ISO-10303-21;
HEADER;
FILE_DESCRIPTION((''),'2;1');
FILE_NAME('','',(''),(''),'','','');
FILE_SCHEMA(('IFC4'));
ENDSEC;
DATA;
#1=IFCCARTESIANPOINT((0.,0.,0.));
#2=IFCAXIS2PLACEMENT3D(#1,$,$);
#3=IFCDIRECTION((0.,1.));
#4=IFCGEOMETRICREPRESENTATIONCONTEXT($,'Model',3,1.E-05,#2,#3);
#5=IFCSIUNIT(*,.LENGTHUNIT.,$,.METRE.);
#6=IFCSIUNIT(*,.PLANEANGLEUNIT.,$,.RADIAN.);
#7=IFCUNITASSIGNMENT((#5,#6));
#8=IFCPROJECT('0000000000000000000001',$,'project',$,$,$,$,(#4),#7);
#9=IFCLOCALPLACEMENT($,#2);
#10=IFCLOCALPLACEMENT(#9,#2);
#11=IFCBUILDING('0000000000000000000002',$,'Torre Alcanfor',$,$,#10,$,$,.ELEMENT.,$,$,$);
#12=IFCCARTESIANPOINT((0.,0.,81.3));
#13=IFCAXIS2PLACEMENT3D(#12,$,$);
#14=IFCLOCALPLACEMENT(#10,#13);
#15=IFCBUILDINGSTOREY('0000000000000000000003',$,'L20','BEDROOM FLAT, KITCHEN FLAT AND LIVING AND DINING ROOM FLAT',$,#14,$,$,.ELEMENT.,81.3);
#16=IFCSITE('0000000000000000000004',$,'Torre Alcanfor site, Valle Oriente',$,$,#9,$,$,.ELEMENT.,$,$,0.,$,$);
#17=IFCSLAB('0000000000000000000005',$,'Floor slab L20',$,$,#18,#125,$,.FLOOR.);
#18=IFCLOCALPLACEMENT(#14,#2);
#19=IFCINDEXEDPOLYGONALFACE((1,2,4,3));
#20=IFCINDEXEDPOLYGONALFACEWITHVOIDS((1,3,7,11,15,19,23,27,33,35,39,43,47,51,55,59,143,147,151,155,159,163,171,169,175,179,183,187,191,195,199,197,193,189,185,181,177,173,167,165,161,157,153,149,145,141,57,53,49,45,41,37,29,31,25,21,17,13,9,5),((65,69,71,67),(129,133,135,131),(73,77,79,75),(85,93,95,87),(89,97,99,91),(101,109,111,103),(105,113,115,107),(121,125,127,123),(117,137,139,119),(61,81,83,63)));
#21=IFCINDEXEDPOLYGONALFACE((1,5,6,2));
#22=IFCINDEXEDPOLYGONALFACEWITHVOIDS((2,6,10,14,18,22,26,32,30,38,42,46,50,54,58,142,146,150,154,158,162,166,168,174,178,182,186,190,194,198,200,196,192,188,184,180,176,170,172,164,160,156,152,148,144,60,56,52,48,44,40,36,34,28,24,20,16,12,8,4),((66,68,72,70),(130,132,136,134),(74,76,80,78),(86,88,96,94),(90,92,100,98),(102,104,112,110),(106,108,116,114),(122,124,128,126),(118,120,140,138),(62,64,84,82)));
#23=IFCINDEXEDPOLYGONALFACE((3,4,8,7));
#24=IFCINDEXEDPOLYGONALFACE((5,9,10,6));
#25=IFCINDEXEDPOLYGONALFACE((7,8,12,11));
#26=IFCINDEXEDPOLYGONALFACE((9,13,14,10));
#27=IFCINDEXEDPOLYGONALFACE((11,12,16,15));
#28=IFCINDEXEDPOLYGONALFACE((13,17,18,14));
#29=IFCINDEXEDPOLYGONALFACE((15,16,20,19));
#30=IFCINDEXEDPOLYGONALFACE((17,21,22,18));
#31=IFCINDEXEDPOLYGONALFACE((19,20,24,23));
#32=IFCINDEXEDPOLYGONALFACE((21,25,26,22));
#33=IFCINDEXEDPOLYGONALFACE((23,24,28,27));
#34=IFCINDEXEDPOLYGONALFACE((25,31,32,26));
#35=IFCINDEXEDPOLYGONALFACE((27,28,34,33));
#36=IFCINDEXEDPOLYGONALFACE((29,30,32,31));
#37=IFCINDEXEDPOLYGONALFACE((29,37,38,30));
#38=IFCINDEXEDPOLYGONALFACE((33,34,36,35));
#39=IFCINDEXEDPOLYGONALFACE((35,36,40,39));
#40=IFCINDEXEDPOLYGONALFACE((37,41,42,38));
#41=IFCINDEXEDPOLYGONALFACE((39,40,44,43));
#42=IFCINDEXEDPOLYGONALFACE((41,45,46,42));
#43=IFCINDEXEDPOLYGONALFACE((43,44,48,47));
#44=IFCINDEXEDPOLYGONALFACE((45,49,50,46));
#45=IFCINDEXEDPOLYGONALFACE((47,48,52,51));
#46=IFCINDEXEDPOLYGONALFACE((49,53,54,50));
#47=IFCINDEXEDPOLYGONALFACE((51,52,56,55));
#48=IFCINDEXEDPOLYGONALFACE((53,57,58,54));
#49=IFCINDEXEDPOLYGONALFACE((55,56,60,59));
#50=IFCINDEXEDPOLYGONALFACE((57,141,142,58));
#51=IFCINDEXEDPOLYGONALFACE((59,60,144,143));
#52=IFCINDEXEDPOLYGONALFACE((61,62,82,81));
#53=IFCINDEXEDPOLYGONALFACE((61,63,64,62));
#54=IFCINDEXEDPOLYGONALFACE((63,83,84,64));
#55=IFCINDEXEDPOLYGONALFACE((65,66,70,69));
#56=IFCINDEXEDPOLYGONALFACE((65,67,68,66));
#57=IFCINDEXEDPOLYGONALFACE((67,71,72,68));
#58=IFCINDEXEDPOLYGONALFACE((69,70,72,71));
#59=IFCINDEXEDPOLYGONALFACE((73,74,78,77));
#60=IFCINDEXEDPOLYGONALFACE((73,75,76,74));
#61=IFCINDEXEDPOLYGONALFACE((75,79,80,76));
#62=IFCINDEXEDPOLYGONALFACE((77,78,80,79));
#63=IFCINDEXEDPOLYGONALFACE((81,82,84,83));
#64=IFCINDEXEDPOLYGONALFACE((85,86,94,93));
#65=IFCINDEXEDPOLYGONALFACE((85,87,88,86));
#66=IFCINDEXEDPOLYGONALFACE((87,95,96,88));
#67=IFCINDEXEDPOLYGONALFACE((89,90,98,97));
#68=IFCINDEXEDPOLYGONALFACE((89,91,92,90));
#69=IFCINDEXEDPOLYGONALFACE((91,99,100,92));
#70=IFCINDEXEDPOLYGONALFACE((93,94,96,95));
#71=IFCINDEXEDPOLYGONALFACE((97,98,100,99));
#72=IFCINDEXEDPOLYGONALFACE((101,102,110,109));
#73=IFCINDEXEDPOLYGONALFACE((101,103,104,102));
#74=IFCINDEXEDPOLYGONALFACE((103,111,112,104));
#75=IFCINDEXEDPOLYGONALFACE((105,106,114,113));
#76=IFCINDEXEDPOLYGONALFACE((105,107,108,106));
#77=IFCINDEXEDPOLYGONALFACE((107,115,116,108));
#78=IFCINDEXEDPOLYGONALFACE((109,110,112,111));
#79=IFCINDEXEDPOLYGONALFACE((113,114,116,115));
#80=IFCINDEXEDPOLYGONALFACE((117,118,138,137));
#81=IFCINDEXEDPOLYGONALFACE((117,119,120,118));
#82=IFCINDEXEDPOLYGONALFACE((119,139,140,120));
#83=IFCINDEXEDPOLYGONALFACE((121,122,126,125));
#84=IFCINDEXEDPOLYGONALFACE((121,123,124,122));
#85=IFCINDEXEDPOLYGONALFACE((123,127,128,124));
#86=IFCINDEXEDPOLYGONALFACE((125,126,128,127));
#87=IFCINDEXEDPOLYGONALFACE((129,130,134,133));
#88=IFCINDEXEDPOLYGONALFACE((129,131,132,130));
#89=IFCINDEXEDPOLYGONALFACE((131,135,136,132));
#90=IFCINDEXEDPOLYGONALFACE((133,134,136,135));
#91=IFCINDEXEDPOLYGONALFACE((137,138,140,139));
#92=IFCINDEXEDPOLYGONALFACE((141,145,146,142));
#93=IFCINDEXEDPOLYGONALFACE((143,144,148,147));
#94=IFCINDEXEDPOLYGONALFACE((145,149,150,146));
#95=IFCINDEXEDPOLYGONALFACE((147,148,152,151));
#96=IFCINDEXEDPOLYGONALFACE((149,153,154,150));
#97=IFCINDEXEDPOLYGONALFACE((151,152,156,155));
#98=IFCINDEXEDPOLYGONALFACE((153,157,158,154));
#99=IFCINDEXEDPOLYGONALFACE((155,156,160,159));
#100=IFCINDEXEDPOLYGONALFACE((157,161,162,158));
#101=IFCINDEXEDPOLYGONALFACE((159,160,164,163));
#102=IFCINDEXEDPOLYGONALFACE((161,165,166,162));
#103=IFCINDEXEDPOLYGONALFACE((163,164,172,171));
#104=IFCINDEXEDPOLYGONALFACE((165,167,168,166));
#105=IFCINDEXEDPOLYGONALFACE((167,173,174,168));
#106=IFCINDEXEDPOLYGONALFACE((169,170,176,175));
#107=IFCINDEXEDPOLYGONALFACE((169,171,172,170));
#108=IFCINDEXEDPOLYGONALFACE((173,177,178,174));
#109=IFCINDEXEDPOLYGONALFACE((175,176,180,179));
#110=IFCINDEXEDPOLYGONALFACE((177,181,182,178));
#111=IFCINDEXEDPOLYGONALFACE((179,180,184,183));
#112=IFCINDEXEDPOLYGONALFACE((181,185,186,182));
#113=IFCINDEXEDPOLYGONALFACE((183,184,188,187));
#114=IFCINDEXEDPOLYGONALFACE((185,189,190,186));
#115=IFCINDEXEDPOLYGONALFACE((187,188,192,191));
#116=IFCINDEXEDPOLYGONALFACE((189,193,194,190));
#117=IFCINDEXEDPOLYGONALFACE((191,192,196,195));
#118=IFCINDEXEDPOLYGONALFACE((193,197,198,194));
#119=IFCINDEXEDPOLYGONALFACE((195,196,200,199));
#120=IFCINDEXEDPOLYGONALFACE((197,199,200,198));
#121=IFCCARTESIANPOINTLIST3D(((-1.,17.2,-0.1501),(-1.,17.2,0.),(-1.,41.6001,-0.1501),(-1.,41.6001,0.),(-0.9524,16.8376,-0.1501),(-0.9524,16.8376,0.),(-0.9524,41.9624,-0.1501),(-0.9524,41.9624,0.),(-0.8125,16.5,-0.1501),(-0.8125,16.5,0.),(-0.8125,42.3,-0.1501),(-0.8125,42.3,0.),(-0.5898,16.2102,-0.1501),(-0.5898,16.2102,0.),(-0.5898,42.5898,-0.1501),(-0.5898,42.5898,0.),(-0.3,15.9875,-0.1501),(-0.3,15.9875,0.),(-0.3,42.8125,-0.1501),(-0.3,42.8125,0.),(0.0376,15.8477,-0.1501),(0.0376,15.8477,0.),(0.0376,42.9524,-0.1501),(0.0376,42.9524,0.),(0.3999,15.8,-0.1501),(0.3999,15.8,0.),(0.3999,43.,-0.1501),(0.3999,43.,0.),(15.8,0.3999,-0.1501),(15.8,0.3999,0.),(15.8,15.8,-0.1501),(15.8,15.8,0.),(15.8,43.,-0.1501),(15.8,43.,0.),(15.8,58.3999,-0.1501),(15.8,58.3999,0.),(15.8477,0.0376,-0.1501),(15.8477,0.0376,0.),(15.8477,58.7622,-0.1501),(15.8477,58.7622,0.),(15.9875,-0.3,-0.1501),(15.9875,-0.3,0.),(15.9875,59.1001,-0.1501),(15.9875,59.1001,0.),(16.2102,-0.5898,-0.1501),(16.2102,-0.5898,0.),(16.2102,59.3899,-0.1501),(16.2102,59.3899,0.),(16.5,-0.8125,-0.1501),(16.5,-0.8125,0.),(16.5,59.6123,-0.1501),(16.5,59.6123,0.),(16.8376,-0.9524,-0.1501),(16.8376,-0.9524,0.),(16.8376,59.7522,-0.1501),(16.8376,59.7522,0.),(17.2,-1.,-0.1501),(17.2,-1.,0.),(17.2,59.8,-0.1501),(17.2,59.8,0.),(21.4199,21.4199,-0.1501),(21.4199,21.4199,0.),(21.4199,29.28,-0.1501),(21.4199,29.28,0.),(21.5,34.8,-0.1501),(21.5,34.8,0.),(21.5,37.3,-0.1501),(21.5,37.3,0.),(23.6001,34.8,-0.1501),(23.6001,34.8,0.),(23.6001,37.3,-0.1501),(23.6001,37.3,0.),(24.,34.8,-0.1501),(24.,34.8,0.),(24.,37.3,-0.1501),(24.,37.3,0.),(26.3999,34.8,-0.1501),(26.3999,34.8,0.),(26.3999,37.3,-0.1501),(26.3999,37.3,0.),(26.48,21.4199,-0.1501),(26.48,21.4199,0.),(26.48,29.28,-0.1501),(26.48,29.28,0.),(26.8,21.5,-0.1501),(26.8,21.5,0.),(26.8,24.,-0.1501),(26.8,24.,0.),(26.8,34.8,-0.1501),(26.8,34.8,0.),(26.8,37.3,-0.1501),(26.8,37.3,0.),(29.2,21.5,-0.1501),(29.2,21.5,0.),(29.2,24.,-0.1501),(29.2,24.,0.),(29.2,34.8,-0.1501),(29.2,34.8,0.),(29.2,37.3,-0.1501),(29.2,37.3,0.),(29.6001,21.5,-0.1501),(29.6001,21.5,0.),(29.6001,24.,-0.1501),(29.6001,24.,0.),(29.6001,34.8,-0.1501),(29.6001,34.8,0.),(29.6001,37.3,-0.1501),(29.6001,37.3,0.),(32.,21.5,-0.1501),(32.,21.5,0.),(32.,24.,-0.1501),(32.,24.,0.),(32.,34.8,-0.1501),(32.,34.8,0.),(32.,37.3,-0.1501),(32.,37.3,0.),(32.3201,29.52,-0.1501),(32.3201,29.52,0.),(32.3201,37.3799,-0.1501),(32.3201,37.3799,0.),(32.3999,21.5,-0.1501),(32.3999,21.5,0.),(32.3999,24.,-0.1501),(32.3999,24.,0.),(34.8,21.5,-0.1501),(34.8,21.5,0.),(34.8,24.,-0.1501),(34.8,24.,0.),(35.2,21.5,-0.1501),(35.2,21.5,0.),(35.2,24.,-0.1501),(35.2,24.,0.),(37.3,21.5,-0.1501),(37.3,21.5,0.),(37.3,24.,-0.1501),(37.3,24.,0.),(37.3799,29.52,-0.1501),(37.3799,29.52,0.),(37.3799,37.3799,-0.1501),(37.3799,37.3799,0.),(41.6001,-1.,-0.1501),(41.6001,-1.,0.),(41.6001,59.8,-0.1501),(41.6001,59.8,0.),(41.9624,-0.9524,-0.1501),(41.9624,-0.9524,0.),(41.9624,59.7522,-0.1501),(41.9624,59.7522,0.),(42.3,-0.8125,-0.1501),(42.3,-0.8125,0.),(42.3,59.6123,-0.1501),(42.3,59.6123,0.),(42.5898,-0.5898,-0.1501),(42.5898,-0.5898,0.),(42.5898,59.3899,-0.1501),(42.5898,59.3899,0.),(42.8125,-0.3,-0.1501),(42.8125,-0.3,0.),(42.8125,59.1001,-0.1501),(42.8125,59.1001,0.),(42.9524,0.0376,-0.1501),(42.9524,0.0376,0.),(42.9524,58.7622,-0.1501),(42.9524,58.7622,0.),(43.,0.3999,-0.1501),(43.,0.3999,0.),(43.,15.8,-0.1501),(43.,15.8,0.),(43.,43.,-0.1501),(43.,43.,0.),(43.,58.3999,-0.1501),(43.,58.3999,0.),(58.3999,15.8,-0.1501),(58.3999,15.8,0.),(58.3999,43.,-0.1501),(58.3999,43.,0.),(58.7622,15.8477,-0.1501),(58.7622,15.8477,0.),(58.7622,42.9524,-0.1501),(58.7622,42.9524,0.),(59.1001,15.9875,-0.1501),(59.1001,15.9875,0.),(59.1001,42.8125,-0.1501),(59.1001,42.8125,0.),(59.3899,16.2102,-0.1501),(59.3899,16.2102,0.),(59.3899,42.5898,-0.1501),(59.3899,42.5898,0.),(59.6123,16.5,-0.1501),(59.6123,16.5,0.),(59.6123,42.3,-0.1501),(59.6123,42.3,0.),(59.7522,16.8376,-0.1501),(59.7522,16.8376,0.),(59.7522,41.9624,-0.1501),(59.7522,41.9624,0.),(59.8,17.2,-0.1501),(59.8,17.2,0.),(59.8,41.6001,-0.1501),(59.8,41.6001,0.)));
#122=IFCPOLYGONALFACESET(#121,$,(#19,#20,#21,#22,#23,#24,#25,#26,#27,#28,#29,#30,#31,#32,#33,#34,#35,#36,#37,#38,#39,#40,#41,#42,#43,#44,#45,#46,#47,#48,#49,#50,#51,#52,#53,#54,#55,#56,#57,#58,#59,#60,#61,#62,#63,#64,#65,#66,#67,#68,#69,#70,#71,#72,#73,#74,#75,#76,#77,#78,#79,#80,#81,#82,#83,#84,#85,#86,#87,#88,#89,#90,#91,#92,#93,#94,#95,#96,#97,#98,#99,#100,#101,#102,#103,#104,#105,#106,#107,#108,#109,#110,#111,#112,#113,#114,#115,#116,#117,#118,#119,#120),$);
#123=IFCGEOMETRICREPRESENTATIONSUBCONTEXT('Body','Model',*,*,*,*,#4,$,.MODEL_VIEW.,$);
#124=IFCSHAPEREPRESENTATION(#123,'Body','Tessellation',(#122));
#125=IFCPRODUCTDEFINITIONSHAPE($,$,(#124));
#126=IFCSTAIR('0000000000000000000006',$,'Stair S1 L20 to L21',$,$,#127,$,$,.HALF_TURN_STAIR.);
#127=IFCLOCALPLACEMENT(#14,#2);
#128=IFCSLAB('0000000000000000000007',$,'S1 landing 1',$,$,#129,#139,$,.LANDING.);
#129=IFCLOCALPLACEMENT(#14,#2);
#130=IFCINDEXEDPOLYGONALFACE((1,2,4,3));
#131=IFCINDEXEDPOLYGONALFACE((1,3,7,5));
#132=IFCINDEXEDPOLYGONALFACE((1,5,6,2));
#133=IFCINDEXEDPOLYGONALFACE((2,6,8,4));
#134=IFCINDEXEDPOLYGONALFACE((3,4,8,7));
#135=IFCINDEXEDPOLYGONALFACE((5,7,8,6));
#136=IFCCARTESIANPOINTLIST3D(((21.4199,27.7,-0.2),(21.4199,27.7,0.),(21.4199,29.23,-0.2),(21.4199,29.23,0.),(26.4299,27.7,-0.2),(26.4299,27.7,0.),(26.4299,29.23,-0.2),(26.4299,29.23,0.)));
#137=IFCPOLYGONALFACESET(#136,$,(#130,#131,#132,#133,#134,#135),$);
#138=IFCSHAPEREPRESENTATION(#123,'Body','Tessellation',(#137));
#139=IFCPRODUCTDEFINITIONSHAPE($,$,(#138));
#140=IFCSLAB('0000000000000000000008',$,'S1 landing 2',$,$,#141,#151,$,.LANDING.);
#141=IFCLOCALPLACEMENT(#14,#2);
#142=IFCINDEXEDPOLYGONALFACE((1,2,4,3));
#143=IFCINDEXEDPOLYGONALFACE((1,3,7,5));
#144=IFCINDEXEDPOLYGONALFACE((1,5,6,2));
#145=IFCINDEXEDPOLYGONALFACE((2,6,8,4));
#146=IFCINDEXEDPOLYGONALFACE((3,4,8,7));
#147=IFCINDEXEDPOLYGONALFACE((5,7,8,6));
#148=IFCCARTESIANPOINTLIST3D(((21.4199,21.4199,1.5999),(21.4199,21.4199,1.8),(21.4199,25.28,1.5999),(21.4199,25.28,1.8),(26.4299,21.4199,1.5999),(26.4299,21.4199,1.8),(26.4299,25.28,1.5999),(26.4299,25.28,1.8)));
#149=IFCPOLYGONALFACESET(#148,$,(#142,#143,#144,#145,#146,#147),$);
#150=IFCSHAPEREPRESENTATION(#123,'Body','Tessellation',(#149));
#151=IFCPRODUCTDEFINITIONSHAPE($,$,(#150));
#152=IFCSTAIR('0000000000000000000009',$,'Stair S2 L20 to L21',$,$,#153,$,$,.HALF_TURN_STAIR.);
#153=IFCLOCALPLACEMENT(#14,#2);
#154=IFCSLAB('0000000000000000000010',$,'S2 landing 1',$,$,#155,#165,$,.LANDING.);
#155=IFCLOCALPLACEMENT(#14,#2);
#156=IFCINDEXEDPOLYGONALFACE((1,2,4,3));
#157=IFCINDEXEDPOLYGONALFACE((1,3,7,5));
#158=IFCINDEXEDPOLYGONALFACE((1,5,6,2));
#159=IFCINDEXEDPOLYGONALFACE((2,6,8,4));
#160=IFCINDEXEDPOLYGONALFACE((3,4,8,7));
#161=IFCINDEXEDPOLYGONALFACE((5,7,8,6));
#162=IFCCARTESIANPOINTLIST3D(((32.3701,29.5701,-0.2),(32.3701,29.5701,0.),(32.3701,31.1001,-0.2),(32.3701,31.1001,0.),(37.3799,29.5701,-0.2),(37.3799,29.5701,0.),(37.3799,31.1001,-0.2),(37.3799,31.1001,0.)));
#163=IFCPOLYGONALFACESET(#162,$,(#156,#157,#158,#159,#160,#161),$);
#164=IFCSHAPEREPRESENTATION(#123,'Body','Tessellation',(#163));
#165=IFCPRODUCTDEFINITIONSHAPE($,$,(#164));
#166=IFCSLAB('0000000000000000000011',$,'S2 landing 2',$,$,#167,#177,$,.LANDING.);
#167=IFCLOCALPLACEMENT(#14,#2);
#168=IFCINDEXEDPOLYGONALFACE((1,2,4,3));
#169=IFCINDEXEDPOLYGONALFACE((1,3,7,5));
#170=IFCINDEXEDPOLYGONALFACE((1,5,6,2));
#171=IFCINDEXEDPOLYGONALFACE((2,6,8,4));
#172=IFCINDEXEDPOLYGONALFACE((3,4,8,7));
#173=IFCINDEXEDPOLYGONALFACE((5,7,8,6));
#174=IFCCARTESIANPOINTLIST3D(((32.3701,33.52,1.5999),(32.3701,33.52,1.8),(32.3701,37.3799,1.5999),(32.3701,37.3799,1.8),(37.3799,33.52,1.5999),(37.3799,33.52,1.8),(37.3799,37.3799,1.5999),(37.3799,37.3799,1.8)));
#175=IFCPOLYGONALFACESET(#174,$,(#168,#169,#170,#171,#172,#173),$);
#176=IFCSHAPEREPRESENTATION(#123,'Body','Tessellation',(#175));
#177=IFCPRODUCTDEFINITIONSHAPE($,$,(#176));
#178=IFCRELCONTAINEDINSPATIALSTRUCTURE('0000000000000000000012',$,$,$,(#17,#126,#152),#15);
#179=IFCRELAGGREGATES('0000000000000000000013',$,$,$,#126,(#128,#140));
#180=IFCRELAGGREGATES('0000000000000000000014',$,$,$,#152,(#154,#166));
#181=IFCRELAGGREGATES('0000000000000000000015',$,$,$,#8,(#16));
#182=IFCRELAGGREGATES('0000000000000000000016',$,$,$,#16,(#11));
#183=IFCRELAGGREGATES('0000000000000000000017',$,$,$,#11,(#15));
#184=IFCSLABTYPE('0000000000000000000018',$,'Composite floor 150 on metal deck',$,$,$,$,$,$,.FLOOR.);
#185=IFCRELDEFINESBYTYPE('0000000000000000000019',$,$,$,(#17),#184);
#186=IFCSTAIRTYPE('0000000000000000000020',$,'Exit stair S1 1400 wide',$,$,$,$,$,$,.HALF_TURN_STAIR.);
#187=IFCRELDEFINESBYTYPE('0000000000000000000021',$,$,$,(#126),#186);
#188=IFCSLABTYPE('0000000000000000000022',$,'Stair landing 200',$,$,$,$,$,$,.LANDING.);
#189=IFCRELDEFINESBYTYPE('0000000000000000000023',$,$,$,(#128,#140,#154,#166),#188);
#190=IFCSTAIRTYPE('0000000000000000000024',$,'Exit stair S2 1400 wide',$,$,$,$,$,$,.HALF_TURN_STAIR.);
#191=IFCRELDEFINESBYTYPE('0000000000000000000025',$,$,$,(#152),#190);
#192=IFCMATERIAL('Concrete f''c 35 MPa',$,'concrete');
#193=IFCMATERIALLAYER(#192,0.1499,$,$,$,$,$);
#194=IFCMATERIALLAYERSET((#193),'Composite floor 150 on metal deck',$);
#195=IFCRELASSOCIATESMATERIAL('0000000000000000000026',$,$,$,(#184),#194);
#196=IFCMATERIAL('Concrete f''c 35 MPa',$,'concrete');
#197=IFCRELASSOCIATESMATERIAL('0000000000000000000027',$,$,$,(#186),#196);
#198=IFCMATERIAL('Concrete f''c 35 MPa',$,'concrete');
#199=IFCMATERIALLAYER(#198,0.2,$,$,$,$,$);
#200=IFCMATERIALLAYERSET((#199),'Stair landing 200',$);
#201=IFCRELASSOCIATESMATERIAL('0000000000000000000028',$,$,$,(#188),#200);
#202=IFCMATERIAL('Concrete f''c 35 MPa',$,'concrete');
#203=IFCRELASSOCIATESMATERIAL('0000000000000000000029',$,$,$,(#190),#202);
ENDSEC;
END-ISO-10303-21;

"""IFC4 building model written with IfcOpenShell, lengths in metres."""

from ifc_helpers import new_model, si_unit, direction, frame, origin, place, context, subcontext, project, spatial, polyline, outline, extrude, material, layer, layer_set, type_object, element, aggregate, save


model = new_model("IFC4")

# Units and contexts
model_context = context("Model", 3, precision=1e-05, world=origin(), true_north=direction((0.0, 1.0)))
body_context = subcontext(model_context, "Body", "Model", "MODEL_VIEW")
ifc_project = project(units=[si_unit("LENGTHUNIT", "METRE"), si_unit("PLANEANGLEUNIT", "RADIAN")], contexts=[model_context])

# Site, building, storey
site_placement = place(None, origin())
site = spatial("IfcSite", under=ifc_project, at=site_placement, Name="Torre Alcanfor site, Valle Oriente", CompositionType="ELEMENT", RefElevation=0.0)
building_placement = place(site_placement, origin())
building = spatial("IfcBuilding", under=site, at=building_placement, Name="Torre Alcanfor", CompositionType="ELEMENT")
storey_placement = place(building_placement, frame((0.0, 0.0, 81.3)))
storey = spatial("IfcBuildingStorey", under=building, at=storey_placement, Name="L20", Description="BEDROOM FLAT, KITCHEN FLAT AND LIVING AND DINING ROOM FLAT", CompositionType="ELEMENT", Elevation=81.3)

# Slab
ifc_material_1 = material(Name="Concrete f'c 35 MPa", Category="concrete")
ifc_layer_1 = layer(ifc_material_1, 0.1499)
ifc_layer_set_1 = layer_set([ifc_layer_1], Name="Composite floor 150 on metal deck")
slab_type_1 = type_object("IfcSlabType", Name="Composite floor 150 on metal deck", PredefinedType="FLOOR", material=ifc_layer_set_1)
slab_1_placement = place(storey_placement, frame((0.0, 0.0, -0.1501)))
element("IfcSlab", 1, at=slab_1_placement, inside=storey, type_object=slab_type_1, Name="Floor slab L20", PredefinedType="FLOOR", context=body_context, shape_type="SweptSolid", body=[
    extrude(outline(polyline([(15.8, 43.0), (0.3999, 43.0), (0.0376, 42.9524), (-0.3, 42.8125), (-0.5898, 42.5898), (-0.8125, 42.3), (-0.9524, 41.9624), (-1.0, 41.6001), (-1.0, 17.2), (-0.9524, 16.8376), (-0.8125, 16.5), (-0.5898, 16.2102), (-0.3, 15.9875), (0.0376, 15.8477), (0.3999, 15.8), (15.8, 15.8), (15.8, 0.3999), (15.8477, 0.0376), (15.9875, -0.3), (16.2102, -0.5898), (16.5, -0.8125), (16.8376, -0.9524), (17.2, -1.0), (41.6001, -1.0), (41.9624, -0.9524), (42.3, -0.8125), (42.5898, -0.5898), (42.8125, -0.3), (42.9524, 0.0376), (43.0, 0.3999), (43.0, 15.8), (58.3999, 15.8), (58.7622, 15.8477), (59.1001, 15.9875), (59.3899, 16.2102), (59.6123, 16.5), (59.7522, 16.8376), (59.8, 17.2), (59.8, 41.6001), (59.7522, 41.9624), (59.6123, 42.3), (59.3899, 42.5898), (59.1001, 42.8125), (58.7622, 42.9524), (58.3999, 43.0), (43.0, 43.0), (43.0, 58.3999), (42.9524, 58.7622), (42.8125, 59.1001), (42.5898, 59.3899), (42.3, 59.6123), (41.9624, 59.7522), (41.6001, 59.8), (17.2, 59.8), (16.8376, 59.7522), (16.5, 59.6123), (16.2102, 59.3899), (15.9875, 59.1001), (15.8477, 58.7622), (15.8, 58.3999), (15.8, 43.0)]), holes=[polyline([(21.4199, 21.4199), (26.48, 21.4199), (26.48, 29.28), (21.4199, 29.28), (21.4199, 21.4199)]), polyline([(32.3201, 29.52), (37.3799, 29.52), (37.3799, 37.3799), (32.3201, 37.3799), (32.3201, 29.52)]), polyline([(26.8, 21.5), (29.2, 21.5), (29.2, 24.0), (26.8, 24.0), (26.8, 21.5)]), polyline([(29.6001, 21.5), (32.0, 21.5), (32.0, 24.0), (29.6001, 24.0), (29.6001, 21.5)]), polyline([(32.3999, 21.5), (34.8, 21.5), (34.8, 24.0), (32.3999, 24.0), (32.3999, 21.5)]), polyline([(35.2, 21.5), (37.3, 21.5), (37.3, 24.0), (35.2, 24.0), (35.2, 21.5)]), polyline([(21.5, 34.8), (23.6001, 34.8), (23.6001, 37.3), (21.5, 37.3), (21.5, 34.8)]), polyline([(24.0, 34.8), (26.3999, 34.8), (26.3999, 37.3), (24.0, 37.3), (24.0, 34.8)]), polyline([(26.8, 34.8), (29.2, 34.8), (29.2, 37.3), (26.8, 37.3), (26.8, 34.8)]), polyline([(29.6001, 34.8), (32.0, 34.8), (32.0, 37.3), (29.6001, 37.3), (29.6001, 34.8)])]), origin(), (0.0, 0.0, 1.0), 0.1501),
])

# Stairs, slabs
ifc_material_2 = material(Name="Concrete f'c 35 MPa", Category="concrete")
stair_type_1 = type_object("IfcStairType", Name="Exit stair S1 1400 wide", PredefinedType="HALF_TURN_STAIR", material=ifc_material_2)
stair_1_placement = place(storey_placement, origin())
stair_1 = element("IfcStair", 2, at=stair_1_placement, inside=storey, type_object=stair_type_1, Name="Stair S1 L20 to L21", PredefinedType="HALF_TURN_STAIR")
ifc_material_3 = material(Name="Concrete f'c 35 MPa", Category="concrete")
ifc_layer_2 = layer(ifc_material_3, 0.2)
ifc_layer_set_2 = layer_set([ifc_layer_2], Name="Stair landing 200")
slab_type_2 = type_object("IfcSlabType", Name="Stair landing 200", PredefinedType="LANDING", material=ifc_layer_set_2)
slab_2_placement = place(storey_placement, frame((0.0, 0.0, -0.2)))
slab_2 = element("IfcSlab", 3, at=slab_2_placement, type_object=slab_type_2, Name="S1 landing 1", PredefinedType="LANDING", context=body_context, shape_type="SweptSolid", body=[
    extrude(outline(polyline([(21.4199, 27.7), (26.4299, 27.7), (26.4299, 29.23), (21.4199, 29.23), (21.4199, 27.7)])), origin(), (0.0, 0.0, 1.0), 0.2),
])
slab_3_placement = place(storey_placement, frame((0.0, 0.0, 1.5999)))
slab_3 = element("IfcSlab", 4, at=slab_3_placement, type_object=slab_type_2, Name="S1 landing 2", PredefinedType="LANDING", context=body_context, shape_type="SweptSolid", body=[
    extrude(outline(polyline([(21.4199, 21.4199), (26.4299, 21.4199), (26.4299, 25.28), (21.4199, 25.28), (21.4199, 21.4199)])), origin(), (0.0, 0.0, 1.0), 0.2002),
])
aggregate(stair_1, [slab_2, slab_3])
ifc_material_4 = material(Name="Concrete f'c 35 MPa", Category="concrete")
stair_type_2 = type_object("IfcStairType", Name="Exit stair S2 1400 wide", PredefinedType="HALF_TURN_STAIR", material=ifc_material_4)
stair_2_placement = place(storey_placement, origin())
stair_2 = element("IfcStair", 5, at=stair_2_placement, inside=storey, type_object=stair_type_2, Name="Stair S2 L20 to L21", PredefinedType="HALF_TURN_STAIR")
slab_4_placement = place(storey_placement, frame((0.0, 0.0, -0.2)))
slab_4 = element("IfcSlab", 6, at=slab_4_placement, type_object=slab_type_2, Name="S2 landing 1", PredefinedType="LANDING", context=body_context, shape_type="SweptSolid", body=[
    extrude(outline(polyline([(32.3701, 29.5701), (37.3799, 29.5701), (37.3799, 31.1001), (32.3701, 31.1001), (32.3701, 29.5701)])), origin(), (0.0, 0.0, 1.0), 0.2),
])
slab_5_placement = place(storey_placement, frame((0.0, 0.0, 1.5999)))
slab_5 = element("IfcSlab", 7, at=slab_5_placement, type_object=slab_type_2, Name="S2 landing 2", PredefinedType="LANDING", context=body_context, shape_type="SweptSolid", body=[
    extrude(outline(polyline([(32.3701, 33.52), (37.3799, 33.52), (37.3799, 37.3799), (32.3701, 37.3799), (32.3701, 33.52)])), origin(), (0.0, 0.0, 1.0), 0.2002),
])
aggregate(stair_2, [slab_4, slab_5])

save(model, "model.ifc")
